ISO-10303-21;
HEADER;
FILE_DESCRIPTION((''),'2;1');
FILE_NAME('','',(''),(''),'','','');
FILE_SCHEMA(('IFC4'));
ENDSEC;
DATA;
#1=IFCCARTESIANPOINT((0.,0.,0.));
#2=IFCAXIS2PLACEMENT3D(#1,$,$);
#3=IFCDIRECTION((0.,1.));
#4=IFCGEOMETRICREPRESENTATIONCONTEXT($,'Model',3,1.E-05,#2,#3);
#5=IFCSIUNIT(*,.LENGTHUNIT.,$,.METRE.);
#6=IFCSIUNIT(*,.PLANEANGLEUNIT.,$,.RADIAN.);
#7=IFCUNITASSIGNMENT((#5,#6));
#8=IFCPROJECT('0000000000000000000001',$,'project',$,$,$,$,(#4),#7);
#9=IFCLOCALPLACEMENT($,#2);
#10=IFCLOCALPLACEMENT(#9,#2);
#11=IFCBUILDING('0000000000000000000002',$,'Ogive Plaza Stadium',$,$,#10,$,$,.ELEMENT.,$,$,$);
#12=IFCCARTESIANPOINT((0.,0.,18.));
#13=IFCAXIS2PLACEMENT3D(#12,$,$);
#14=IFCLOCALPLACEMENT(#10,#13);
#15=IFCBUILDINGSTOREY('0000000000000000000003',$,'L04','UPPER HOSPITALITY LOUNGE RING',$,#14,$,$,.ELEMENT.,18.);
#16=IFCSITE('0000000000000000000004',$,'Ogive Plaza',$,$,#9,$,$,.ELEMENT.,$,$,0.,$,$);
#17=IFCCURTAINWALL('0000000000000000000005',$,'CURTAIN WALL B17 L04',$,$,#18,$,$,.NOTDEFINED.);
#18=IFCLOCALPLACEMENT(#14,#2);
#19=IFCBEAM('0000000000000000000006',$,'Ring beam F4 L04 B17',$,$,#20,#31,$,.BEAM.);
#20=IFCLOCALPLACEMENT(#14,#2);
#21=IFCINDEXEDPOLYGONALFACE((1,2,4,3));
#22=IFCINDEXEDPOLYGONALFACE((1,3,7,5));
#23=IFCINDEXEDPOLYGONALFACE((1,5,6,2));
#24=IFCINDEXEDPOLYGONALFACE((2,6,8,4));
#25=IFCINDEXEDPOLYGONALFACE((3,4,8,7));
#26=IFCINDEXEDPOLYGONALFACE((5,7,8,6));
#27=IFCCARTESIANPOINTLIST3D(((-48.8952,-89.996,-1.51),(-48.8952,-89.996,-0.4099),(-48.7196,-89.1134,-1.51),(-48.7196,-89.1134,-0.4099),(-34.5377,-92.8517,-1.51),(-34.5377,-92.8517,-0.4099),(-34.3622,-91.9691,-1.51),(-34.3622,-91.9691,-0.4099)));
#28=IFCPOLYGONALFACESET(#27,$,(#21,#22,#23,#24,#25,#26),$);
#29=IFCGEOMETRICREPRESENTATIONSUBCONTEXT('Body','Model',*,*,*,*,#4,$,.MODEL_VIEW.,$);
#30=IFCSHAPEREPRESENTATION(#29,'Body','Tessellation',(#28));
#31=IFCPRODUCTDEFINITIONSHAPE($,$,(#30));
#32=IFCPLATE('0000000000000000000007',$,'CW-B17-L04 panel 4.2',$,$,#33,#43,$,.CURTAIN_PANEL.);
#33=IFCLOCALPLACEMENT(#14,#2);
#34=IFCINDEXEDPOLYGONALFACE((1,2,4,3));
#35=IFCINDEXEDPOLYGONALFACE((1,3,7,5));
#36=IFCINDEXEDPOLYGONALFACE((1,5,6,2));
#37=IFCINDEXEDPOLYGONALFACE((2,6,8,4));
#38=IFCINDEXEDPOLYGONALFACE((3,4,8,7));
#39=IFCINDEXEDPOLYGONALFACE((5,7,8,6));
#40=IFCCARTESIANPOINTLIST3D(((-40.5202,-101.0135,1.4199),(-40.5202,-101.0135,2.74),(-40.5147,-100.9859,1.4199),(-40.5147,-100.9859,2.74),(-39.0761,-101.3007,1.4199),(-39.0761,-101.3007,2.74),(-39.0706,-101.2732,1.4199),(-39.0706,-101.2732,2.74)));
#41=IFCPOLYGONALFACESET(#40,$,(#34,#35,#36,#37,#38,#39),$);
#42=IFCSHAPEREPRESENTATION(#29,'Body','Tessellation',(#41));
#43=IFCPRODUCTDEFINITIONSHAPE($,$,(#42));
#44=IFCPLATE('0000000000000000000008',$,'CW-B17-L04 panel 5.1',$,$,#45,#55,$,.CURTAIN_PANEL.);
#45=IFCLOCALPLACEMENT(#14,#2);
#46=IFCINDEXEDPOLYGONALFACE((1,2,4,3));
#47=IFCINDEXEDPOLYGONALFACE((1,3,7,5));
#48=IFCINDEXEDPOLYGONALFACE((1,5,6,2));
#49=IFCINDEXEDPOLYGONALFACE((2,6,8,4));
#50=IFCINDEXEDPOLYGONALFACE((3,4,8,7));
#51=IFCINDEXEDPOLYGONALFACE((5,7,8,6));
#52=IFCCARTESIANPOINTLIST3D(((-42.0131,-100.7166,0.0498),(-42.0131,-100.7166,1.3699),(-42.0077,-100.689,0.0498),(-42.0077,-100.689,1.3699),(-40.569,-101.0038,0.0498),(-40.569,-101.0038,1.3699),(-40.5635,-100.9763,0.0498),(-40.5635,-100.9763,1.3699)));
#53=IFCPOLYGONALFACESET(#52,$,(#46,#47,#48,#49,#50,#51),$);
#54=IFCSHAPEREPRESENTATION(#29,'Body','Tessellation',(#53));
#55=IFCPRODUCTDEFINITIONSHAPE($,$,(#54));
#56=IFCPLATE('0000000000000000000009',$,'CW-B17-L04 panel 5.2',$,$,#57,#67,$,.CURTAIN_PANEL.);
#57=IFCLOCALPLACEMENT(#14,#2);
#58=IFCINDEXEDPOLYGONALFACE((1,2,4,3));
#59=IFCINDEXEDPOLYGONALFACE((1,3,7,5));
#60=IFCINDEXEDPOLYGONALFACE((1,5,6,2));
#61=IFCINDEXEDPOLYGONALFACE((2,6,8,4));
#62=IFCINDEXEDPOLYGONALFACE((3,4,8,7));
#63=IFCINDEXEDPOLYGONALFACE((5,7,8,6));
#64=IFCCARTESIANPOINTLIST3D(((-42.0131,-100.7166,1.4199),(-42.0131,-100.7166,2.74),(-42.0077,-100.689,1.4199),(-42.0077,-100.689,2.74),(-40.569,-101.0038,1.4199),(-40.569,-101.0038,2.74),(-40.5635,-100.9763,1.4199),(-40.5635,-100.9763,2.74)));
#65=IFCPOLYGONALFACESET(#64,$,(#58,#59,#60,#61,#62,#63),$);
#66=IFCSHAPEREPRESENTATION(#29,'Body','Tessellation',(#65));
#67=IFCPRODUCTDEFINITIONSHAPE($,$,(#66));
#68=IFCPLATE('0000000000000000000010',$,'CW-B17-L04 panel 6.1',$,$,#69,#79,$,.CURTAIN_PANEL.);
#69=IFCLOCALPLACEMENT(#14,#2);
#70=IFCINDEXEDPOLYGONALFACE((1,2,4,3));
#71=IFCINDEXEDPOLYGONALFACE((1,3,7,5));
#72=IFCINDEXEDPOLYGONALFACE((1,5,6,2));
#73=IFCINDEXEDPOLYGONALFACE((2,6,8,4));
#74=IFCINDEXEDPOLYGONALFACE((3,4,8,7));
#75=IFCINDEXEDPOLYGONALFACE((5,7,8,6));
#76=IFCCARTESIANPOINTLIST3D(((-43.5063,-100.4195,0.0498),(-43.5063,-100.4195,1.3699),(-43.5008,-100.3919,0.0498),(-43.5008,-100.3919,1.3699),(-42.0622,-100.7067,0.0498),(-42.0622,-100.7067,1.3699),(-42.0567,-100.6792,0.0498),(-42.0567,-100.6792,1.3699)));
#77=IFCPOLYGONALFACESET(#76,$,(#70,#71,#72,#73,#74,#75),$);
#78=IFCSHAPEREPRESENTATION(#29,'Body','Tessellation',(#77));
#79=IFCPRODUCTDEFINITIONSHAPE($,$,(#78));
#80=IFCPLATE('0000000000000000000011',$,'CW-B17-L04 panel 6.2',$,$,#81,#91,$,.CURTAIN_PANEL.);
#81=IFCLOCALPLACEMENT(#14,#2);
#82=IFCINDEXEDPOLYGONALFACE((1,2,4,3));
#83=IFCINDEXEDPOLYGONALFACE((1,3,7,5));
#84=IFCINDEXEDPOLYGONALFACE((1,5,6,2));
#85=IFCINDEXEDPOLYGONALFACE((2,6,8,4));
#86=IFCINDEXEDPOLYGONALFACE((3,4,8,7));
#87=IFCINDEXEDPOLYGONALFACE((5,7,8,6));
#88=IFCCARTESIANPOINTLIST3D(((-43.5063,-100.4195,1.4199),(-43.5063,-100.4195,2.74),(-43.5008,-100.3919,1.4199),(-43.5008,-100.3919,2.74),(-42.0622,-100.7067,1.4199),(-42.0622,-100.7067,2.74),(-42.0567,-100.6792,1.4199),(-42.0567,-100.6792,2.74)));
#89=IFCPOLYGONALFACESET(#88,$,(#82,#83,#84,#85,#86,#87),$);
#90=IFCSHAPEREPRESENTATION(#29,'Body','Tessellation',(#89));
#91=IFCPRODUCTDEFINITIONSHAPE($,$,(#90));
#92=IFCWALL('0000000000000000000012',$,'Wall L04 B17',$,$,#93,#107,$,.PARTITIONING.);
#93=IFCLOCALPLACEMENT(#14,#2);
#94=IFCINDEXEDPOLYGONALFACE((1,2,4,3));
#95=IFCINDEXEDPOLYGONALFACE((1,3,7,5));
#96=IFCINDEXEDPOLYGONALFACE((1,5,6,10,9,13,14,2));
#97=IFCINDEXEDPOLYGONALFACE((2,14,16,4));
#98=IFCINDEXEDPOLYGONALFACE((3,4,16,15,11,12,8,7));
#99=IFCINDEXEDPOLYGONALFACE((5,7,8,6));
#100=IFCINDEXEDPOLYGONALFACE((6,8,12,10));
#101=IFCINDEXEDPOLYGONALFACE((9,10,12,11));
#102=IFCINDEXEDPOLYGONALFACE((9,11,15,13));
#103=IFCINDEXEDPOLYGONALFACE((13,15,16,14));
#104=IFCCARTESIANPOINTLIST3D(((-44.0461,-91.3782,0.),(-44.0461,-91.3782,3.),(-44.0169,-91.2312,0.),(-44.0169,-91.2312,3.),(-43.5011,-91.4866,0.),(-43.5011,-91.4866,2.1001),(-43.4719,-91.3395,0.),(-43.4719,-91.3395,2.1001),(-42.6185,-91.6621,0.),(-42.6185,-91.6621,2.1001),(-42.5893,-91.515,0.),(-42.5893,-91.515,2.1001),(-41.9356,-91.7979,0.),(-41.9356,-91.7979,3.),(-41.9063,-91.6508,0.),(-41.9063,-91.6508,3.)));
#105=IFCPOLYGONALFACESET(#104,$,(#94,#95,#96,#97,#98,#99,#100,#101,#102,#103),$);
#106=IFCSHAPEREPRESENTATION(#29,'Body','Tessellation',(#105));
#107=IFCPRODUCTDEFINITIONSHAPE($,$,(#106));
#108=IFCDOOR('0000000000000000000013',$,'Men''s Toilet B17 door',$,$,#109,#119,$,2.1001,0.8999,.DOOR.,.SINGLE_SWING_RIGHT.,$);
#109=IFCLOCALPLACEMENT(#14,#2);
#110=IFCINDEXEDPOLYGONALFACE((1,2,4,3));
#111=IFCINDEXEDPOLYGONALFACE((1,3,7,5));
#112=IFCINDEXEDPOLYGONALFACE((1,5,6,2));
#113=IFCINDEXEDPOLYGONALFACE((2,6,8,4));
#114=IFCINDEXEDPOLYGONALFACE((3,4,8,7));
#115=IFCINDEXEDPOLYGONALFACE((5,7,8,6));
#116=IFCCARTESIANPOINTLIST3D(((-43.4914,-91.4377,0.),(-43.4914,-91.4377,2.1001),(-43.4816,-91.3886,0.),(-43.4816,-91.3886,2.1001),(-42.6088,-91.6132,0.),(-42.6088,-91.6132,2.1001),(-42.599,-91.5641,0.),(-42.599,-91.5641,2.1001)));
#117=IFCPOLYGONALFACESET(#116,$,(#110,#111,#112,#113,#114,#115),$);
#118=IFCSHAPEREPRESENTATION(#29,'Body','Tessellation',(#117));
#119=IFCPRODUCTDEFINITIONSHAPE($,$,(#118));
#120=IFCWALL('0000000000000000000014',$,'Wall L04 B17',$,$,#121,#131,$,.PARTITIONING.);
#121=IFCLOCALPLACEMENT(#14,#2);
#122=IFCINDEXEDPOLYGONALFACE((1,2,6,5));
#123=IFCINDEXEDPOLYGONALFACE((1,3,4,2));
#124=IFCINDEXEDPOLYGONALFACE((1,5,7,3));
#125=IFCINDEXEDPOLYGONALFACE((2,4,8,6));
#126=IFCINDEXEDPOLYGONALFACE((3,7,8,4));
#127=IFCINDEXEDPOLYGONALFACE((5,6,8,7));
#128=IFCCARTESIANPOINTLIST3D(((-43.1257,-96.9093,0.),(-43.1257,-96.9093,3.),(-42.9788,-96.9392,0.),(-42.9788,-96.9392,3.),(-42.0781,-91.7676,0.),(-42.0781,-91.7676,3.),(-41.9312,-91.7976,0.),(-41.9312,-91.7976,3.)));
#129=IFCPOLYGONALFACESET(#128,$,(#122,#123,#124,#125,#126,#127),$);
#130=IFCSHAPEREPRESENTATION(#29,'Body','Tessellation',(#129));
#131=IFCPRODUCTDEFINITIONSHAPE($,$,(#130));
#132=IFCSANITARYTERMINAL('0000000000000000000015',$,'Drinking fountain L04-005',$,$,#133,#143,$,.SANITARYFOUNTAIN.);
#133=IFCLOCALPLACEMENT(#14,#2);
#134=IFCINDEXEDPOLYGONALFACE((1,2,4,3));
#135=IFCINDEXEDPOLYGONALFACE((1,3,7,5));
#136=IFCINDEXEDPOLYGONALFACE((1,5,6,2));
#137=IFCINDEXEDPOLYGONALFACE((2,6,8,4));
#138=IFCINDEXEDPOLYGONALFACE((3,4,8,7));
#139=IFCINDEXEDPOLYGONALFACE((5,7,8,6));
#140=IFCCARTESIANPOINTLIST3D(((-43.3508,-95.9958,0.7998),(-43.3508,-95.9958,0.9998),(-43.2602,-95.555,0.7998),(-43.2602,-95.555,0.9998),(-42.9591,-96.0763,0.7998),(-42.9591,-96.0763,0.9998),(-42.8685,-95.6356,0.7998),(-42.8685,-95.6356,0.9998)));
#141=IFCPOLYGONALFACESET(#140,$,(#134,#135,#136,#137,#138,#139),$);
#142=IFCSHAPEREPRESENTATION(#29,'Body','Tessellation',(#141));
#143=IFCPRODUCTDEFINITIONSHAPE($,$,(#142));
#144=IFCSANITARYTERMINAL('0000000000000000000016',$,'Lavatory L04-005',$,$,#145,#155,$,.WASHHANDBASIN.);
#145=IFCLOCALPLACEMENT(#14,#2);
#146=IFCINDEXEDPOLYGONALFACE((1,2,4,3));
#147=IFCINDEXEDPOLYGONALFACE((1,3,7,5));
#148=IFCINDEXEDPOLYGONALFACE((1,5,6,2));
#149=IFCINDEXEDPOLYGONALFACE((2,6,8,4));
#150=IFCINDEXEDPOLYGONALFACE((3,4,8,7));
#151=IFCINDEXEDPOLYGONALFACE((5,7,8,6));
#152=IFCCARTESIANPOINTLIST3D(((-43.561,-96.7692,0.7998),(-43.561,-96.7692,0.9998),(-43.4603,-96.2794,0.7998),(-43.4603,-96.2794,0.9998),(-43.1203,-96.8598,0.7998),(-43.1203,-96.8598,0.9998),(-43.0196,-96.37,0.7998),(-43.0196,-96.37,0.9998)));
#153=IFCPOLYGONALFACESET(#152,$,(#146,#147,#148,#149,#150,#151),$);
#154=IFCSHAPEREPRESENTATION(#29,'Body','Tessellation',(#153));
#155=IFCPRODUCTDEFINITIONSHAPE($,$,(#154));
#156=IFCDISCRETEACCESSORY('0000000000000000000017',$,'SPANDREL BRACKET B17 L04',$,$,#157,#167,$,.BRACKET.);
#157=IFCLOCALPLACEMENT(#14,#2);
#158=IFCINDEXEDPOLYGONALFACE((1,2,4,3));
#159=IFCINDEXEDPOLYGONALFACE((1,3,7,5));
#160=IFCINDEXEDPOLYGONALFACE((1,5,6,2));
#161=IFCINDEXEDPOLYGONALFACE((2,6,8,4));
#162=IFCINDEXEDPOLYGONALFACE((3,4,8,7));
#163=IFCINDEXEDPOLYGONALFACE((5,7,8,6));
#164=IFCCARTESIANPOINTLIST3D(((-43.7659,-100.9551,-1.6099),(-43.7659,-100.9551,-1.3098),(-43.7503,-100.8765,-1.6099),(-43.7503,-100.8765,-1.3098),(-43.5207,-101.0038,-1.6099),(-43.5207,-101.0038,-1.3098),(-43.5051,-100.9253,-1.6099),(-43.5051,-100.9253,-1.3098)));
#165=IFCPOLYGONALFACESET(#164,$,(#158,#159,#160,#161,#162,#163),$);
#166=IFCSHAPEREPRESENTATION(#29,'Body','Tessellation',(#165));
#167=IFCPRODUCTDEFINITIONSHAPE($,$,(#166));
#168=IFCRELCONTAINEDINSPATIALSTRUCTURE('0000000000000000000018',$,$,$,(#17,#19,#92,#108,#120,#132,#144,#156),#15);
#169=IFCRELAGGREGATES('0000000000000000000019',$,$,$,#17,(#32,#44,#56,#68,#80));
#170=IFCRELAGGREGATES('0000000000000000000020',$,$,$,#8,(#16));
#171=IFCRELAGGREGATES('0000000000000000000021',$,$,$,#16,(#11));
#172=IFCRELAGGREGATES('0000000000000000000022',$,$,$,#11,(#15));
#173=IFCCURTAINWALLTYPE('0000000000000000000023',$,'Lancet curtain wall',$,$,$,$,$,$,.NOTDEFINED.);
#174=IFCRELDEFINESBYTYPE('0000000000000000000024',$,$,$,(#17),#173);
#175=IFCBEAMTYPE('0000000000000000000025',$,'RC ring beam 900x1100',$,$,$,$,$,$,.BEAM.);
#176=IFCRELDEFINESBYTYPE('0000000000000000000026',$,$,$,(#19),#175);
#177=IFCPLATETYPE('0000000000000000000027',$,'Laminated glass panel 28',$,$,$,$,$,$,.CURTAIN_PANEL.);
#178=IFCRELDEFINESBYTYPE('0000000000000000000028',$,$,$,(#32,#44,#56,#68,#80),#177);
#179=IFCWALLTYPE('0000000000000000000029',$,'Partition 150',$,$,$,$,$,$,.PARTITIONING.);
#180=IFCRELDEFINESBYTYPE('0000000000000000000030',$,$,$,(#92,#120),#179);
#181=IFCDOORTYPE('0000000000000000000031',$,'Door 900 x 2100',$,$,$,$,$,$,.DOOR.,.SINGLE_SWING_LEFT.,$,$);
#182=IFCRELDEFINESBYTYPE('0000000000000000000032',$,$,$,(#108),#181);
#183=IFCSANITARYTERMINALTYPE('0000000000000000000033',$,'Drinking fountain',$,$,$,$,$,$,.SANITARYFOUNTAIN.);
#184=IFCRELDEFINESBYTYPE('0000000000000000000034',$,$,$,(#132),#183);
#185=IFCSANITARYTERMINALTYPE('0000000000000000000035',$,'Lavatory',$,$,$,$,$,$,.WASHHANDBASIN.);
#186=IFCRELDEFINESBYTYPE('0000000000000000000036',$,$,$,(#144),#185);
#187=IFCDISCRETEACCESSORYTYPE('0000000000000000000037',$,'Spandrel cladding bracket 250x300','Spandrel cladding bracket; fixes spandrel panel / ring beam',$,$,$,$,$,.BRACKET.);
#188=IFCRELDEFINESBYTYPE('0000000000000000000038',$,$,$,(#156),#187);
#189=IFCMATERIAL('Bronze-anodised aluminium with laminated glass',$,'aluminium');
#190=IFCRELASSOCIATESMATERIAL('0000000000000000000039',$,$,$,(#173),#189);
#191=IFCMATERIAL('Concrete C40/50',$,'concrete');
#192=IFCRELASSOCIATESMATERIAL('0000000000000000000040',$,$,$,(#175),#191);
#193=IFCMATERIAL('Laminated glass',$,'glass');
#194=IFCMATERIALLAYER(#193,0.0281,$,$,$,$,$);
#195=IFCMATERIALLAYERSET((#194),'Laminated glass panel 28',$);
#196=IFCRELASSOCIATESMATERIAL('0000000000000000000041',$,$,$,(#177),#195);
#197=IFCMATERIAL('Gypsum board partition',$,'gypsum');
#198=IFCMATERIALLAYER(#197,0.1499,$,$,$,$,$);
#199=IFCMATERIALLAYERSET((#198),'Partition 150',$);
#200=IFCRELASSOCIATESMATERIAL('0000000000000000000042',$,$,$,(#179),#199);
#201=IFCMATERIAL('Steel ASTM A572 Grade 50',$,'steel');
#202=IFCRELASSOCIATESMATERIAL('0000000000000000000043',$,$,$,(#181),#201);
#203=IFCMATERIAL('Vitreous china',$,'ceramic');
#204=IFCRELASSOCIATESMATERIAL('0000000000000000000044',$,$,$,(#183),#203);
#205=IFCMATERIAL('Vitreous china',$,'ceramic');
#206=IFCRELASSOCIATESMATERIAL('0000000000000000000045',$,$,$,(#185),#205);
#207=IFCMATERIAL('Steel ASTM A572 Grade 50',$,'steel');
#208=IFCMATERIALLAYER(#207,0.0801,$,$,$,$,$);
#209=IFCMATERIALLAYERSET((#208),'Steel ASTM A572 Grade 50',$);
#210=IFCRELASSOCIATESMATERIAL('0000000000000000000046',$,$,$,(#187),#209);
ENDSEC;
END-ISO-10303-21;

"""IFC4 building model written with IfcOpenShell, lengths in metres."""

from ifc_helpers import new_model, si_unit, direction, frame, frame_2d, origin, origin_2d, place, context, subcontext, project, spatial, rectangle, extrude, material, layer, layer_set, material_profile, profile_set, type_object, element, fill, aggregate, save


model = new_model("IFC4")

# Units and contexts
model_context = context("Model", 3, precision=1e-05, world=origin(), true_north=direction((0.0, 1.0)))
body_context = subcontext(model_context, "Body", "Model", "MODEL_VIEW")
ifc_project = project(units=[si_unit("LENGTHUNIT", "METRE"), si_unit("PLANEANGLEUNIT", "RADIAN")], contexts=[model_context])

# Site, building, storey
site_placement = place(None, origin())
site = spatial("IfcSite", under=ifc_project, at=site_placement, Name="Ogive Plaza", CompositionType="ELEMENT", RefElevation=0.0)
building_placement = place(site_placement, origin())
building = spatial("IfcBuilding", under=site, at=building_placement, Name="Ogive Plaza Stadium", CompositionType="ELEMENT")
storey_placement = place(building_placement, frame((0.0, 0.0, 18.0)))
storey = spatial("IfcBuildingStorey", under=building, at=storey_placement, Name="L04", Description="UPPER HOSPITALITY LOUNGE RING", CompositionType="ELEMENT", Elevation=18.0)

# Curtain wall
ifc_material_1 = material(Name="Bronze-anodised aluminium with laminated glass", Category="aluminium")
curtain_wall_type = type_object("IfcCurtainWallType", Name="Lancet curtain wall", PredefinedType="NOTDEFINED", material=ifc_material_1)
curtain_wall_placement = place(storey_placement, origin())
curtain_wall = element("IfcCurtainWall", 1, at=curtain_wall_placement, inside=storey, type_object=curtain_wall_type, Name="CURTAIN WALL B17 L04", PredefinedType="NOTDEFINED")

# Beam
ifc_material_2 = material(Name="Concrete C40/50", Category="concrete")
ifc_material_profile_1 = material_profile(ifc_material_2, rectangle(XDim=0.8999, YDim=1.1001, at=origin_2d()), Name="RC 900x1100")
ifc_profile_set_1 = profile_set([ifc_material_profile_1], Name="Concrete C40/50")
beam_type_1 = type_object("IfcBeamType", Name="RC ring beam 900x1100", PredefinedType="BEAM", material=ifc_profile_set_1)
beam_1_placement = place(storey_placement, frame((-34.45, -92.4104, -0.96), z_axis=(-0.980787, 0.19508, 0.0), x_axis=(-0.19508, -0.980787, 0.0)))
element("IfcBeam", 2, at=beam_1_placement, inside=storey, type_object=beam_type_1, Name="Ring beam F4 L04 B17", PredefinedType="BEAM", context=body_context, shape_type="SweptSolid", body=[
    extrude(rectangle(XDim=0.8999, YDim=1.1001, at=origin_2d()), origin(), (0.0, 0.0, 1.0), 14.6387),
])

# Plates
ifc_material_3 = material(Name="Laminated glass", Category="glass")
ifc_layer_1 = layer(ifc_material_3, 0.0281)
ifc_layer_set_1 = layer_set([ifc_layer_1], Name="Laminated glass panel 28")
plate_type = type_object("IfcPlateType", Name="Laminated glass panel 28", PredefinedType="CURTAIN_PANEL", material=ifc_layer_set_1)
plate_1_placement = place(storey_placement, frame((-39.7954, -101.1433, 1.4199), z_axis=(0.0, 0.0, 1.0), x_axis=(-0.980785, 0.19509, 0.0)))
plate_1 = element("IfcPlate", 3, at=plate_1_placement, type_object=plate_type, Name="CW-B17-L04 panel 4.2", PredefinedType="CURTAIN_PANEL", context=body_context, shape_type="SweptSolid", body=[
    extrude(rectangle(XDim=1.4724, YDim=0.0281, at=origin_2d()), origin(), (0.0, 0.0, 1.0), 1.3201),
])
plate_2_placement = place(storey_placement, frame((-41.2883, -100.8464, 0.0498), z_axis=(0.0, 0.0, 1.0), x_axis=(-0.980785, 0.19509, 0.0)))
plate_2 = element("IfcPlate", 4, at=plate_2_placement, type_object=plate_type, Name="CW-B17-L04 panel 5.1", PredefinedType="CURTAIN_PANEL", context=body_context, shape_type="SweptSolid", body=[
    extrude(rectangle(XDim=1.4724, YDim=0.0281, at=origin_2d()), origin(), (0.0, 0.0, 1.0), 1.3201),
])
plate_3_placement = place(storey_placement, frame((-41.2883, -100.8464, 1.4199), z_axis=(0.0, 0.0, 1.0), x_axis=(-0.980785, 0.19509, 0.0)))
plate_3 = element("IfcPlate", 5, at=plate_3_placement, type_object=plate_type, Name="CW-B17-L04 panel 5.2", PredefinedType="CURTAIN_PANEL", context=body_context, shape_type="SweptSolid", body=[
    extrude(rectangle(XDim=1.4724, YDim=0.0281, at=origin_2d()), origin(), (0.0, 0.0, 1.0), 1.3201),
])
plate_4_placement = place(storey_placement, frame((-42.7815, -100.5493, 0.0498), z_axis=(0.0, 0.0, 1.0), x_axis=(-0.980785, 0.19509, 0.0)))
plate_4 = element("IfcPlate", 6, at=plate_4_placement, type_object=plate_type, Name="CW-B17-L04 panel 6.1", PredefinedType="CURTAIN_PANEL", context=body_context, shape_type="SweptSolid", body=[
    extrude(rectangle(XDim=1.4724, YDim=0.0281, at=origin_2d()), origin(), (0.0, 0.0, 1.0), 1.3201),
])
plate_5_placement = place(storey_placement, frame((-42.7815, -100.5493, 1.4199), z_axis=(0.0, 0.0, 1.0), x_axis=(-0.980785, 0.19509, 0.0)))
plate_5 = element("IfcPlate", 7, at=plate_5_placement, type_object=plate_type, Name="CW-B17-L04 panel 6.2", PredefinedType="CURTAIN_PANEL", context=body_context, shape_type="SweptSolid", body=[
    extrude(rectangle(XDim=1.4724, YDim=0.0281, at=origin_2d()), origin(), (0.0, 0.0, 1.0), 1.3201),
])
aggregate(curtain_wall, [plate_1, plate_2, plate_3, plate_4, plate_5])

# Wall, opening, door
ifc_material_4 = material(Name="Gypsum board partition", Category="gypsum")
ifc_layer_2 = layer(ifc_material_4, 0.1499)
ifc_layer_set_2 = layer_set([ifc_layer_2], Name="Partition 150")
wall_type = type_object("IfcWallType", Name="Partition 150", PredefinedType="PARTITIONING", material=ifc_layer_set_2)
wall_1_placement = place(storey_placement, frame((-44.0315, -91.3047, 0.0), z_axis=(0.0, 0.0, 1.0), x_axis=(0.980798, -0.195025, 0.0)))
wall_1 = element("IfcWall", 8, at=wall_1_placement, inside=storey, type_object=wall_type, Name="Wall L04 B17", PredefinedType="PARTITIONING", context=body_context, shape_type="SweptSolid", body=[
    extrude(rectangle(XDim=2.1519, YDim=0.1499, at=frame_2d((1.0759, 0.0))), origin(), (0.0, 0.0, 1.0), 3.0),
])
opening_placement = place(wall_1_placement, frame((0.5557, 0.0, 0.0)))
opening = element("IfcOpeningElement", 9, at=opening_placement, cuts=wall_1, PredefinedType="OPENING", context=body_context, shape_type="SweptSolid", body=[
    extrude(rectangle(XDim=0.8999, YDim=2.1001, at=frame_2d((0.45, 1.05))), frame((0.0, 0.075, 0.0), z_axis=(0.0, -1.0, 0.0), x_axis=(1.0, 0.0, 0.0)), (0.0, 0.0, 1.0), 0.1499),
])
ifc_material_5 = material(Name="Steel ASTM A572 Grade 50", Category="steel")
door_type = type_object("IfcDoorType", Name="Door 900 x 2100", OperationType="SINGLE_SWING_LEFT", PredefinedType="DOOR", material=ifc_material_5)
door_placement = place(opening_placement, origin())
door = element("IfcDoor", 10, at=door_placement, inside=storey, type_object=door_type, Name="Men's Toilet B17 door", OperationType="SINGLE_SWING_RIGHT", OverallHeight=2.1001, OverallWidth=0.8999, PredefinedType="DOOR", context=body_context, shape_type="SweptSolid", body=[
    extrude(rectangle(XDim=0.8999, YDim=2.1001, at=frame_2d((0.45, 1.05))), frame((0.0, 0.0249, 0.0), z_axis=(0.0, -1.0, 0.0), x_axis=(1.0, 0.0, 0.0)), (0.0, 0.0, 1.0), 0.05),
])
fill(opening, door)

# Wall
wall_2_placement = place(storey_placement, frame((-42.0046, -91.7827, 0.0), z_axis=(0.0, 0.0, 1.0), x_axis=(-0.199649, -0.979867, 0.0)))
element("IfcWall", 11, at=wall_2_placement, inside=storey, type_object=wall_type, Name="Wall L04 B17", PredefinedType="PARTITIONING", context=body_context, shape_type="SweptSolid", body=[
    extrude(rectangle(XDim=5.2473, YDim=0.1499, at=frame_2d((2.6235, 0.0))), origin(), (0.0, 0.0, 1.0), 3.0),
])

# Sanitary terminals
ifc_material_6 = material(Name="Vitreous china", Category="ceramic")
sanitary_terminal_type_1 = type_object("IfcSanitaryTerminalType", Name="Drinking fountain", PredefinedType="SANITARYFOUNTAIN", material=ifc_material_6)
sanitary_terminal_1_placement = place(storey_placement, frame((-43.1096, -95.8157, 0.7998), z_axis=(0.0, 0.0, 1.0), x_axis=(0.201384, 0.979512, 0.0)))
element("IfcSanitaryTerminal", 12, at=sanitary_terminal_1_placement, inside=storey, type_object=sanitary_terminal_type_1, Name="Drinking fountain L04-005", PredefinedType="SANITARYFOUNTAIN", context=body_context, shape_type="SweptSolid", body=[
    extrude(rectangle(XDim=0.45, YDim=0.3999, at=origin_2d()), origin(), (0.0, 0.0, 1.0), 0.2),
])
ifc_material_7 = material(Name="Vitreous china", Category="ceramic")
sanitary_terminal_type_2 = type_object("IfcSanitaryTerminalType", Name="Lavatory", PredefinedType="WASHHANDBASIN", material=ifc_material_7)
sanitary_terminal_2_placement = place(storey_placement, frame((-43.2903, -96.5696, 0.7998), z_axis=(0.0, 0.0, 1.0), x_axis=(0.201384, 0.979512, 0.0)))
element("IfcSanitaryTerminal", 13, at=sanitary_terminal_2_placement, inside=storey, type_object=sanitary_terminal_type_2, Name="Lavatory L04-005", PredefinedType="WASHHANDBASIN", context=body_context, shape_type="SweptSolid", body=[
    extrude(rectangle(XDim=0.5, YDim=0.45, at=origin_2d()), origin(), (0.0, 0.0, 1.0), 0.2),
])

# Discrete accessory
ifc_material_8 = material(Name="Steel ASTM A572 Grade 50", Category="steel")
ifc_layer_3 = layer(ifc_material_8, 0.0801)
ifc_layer_set_3 = layer_set([ifc_layer_3], Name="Steel ASTM A572 Grade 50")
discrete_accessory_type = type_object("IfcDiscreteAccessoryType", Name="Spandrel cladding bracket 250x300", Description="Spandrel cladding bracket; fixes spandrel panel / ring beam", PredefinedType="BRACKET", material=ifc_layer_set_3)
discrete_accessory_placement = place(storey_placement, frame((-43.6355, -100.9402, -1.6099), z_axis=(0.0, 0.0, 1.0), x_axis=(-0.980785, 0.19509, 0.0)))
element("IfcDiscreteAccessory", 14, at=discrete_accessory_placement, inside=storey, type_object=discrete_accessory_type, Name="SPANDREL BRACKET B17 L04", PredefinedType="BRACKET", context=body_context, shape_type="SweptSolid", body=[
    extrude(rectangle(XDim=0.25, YDim=0.0801, at=origin_2d()), origin(), (0.0, 0.0, 1.0), 0.3),
])

save(model, "model.ifc")
